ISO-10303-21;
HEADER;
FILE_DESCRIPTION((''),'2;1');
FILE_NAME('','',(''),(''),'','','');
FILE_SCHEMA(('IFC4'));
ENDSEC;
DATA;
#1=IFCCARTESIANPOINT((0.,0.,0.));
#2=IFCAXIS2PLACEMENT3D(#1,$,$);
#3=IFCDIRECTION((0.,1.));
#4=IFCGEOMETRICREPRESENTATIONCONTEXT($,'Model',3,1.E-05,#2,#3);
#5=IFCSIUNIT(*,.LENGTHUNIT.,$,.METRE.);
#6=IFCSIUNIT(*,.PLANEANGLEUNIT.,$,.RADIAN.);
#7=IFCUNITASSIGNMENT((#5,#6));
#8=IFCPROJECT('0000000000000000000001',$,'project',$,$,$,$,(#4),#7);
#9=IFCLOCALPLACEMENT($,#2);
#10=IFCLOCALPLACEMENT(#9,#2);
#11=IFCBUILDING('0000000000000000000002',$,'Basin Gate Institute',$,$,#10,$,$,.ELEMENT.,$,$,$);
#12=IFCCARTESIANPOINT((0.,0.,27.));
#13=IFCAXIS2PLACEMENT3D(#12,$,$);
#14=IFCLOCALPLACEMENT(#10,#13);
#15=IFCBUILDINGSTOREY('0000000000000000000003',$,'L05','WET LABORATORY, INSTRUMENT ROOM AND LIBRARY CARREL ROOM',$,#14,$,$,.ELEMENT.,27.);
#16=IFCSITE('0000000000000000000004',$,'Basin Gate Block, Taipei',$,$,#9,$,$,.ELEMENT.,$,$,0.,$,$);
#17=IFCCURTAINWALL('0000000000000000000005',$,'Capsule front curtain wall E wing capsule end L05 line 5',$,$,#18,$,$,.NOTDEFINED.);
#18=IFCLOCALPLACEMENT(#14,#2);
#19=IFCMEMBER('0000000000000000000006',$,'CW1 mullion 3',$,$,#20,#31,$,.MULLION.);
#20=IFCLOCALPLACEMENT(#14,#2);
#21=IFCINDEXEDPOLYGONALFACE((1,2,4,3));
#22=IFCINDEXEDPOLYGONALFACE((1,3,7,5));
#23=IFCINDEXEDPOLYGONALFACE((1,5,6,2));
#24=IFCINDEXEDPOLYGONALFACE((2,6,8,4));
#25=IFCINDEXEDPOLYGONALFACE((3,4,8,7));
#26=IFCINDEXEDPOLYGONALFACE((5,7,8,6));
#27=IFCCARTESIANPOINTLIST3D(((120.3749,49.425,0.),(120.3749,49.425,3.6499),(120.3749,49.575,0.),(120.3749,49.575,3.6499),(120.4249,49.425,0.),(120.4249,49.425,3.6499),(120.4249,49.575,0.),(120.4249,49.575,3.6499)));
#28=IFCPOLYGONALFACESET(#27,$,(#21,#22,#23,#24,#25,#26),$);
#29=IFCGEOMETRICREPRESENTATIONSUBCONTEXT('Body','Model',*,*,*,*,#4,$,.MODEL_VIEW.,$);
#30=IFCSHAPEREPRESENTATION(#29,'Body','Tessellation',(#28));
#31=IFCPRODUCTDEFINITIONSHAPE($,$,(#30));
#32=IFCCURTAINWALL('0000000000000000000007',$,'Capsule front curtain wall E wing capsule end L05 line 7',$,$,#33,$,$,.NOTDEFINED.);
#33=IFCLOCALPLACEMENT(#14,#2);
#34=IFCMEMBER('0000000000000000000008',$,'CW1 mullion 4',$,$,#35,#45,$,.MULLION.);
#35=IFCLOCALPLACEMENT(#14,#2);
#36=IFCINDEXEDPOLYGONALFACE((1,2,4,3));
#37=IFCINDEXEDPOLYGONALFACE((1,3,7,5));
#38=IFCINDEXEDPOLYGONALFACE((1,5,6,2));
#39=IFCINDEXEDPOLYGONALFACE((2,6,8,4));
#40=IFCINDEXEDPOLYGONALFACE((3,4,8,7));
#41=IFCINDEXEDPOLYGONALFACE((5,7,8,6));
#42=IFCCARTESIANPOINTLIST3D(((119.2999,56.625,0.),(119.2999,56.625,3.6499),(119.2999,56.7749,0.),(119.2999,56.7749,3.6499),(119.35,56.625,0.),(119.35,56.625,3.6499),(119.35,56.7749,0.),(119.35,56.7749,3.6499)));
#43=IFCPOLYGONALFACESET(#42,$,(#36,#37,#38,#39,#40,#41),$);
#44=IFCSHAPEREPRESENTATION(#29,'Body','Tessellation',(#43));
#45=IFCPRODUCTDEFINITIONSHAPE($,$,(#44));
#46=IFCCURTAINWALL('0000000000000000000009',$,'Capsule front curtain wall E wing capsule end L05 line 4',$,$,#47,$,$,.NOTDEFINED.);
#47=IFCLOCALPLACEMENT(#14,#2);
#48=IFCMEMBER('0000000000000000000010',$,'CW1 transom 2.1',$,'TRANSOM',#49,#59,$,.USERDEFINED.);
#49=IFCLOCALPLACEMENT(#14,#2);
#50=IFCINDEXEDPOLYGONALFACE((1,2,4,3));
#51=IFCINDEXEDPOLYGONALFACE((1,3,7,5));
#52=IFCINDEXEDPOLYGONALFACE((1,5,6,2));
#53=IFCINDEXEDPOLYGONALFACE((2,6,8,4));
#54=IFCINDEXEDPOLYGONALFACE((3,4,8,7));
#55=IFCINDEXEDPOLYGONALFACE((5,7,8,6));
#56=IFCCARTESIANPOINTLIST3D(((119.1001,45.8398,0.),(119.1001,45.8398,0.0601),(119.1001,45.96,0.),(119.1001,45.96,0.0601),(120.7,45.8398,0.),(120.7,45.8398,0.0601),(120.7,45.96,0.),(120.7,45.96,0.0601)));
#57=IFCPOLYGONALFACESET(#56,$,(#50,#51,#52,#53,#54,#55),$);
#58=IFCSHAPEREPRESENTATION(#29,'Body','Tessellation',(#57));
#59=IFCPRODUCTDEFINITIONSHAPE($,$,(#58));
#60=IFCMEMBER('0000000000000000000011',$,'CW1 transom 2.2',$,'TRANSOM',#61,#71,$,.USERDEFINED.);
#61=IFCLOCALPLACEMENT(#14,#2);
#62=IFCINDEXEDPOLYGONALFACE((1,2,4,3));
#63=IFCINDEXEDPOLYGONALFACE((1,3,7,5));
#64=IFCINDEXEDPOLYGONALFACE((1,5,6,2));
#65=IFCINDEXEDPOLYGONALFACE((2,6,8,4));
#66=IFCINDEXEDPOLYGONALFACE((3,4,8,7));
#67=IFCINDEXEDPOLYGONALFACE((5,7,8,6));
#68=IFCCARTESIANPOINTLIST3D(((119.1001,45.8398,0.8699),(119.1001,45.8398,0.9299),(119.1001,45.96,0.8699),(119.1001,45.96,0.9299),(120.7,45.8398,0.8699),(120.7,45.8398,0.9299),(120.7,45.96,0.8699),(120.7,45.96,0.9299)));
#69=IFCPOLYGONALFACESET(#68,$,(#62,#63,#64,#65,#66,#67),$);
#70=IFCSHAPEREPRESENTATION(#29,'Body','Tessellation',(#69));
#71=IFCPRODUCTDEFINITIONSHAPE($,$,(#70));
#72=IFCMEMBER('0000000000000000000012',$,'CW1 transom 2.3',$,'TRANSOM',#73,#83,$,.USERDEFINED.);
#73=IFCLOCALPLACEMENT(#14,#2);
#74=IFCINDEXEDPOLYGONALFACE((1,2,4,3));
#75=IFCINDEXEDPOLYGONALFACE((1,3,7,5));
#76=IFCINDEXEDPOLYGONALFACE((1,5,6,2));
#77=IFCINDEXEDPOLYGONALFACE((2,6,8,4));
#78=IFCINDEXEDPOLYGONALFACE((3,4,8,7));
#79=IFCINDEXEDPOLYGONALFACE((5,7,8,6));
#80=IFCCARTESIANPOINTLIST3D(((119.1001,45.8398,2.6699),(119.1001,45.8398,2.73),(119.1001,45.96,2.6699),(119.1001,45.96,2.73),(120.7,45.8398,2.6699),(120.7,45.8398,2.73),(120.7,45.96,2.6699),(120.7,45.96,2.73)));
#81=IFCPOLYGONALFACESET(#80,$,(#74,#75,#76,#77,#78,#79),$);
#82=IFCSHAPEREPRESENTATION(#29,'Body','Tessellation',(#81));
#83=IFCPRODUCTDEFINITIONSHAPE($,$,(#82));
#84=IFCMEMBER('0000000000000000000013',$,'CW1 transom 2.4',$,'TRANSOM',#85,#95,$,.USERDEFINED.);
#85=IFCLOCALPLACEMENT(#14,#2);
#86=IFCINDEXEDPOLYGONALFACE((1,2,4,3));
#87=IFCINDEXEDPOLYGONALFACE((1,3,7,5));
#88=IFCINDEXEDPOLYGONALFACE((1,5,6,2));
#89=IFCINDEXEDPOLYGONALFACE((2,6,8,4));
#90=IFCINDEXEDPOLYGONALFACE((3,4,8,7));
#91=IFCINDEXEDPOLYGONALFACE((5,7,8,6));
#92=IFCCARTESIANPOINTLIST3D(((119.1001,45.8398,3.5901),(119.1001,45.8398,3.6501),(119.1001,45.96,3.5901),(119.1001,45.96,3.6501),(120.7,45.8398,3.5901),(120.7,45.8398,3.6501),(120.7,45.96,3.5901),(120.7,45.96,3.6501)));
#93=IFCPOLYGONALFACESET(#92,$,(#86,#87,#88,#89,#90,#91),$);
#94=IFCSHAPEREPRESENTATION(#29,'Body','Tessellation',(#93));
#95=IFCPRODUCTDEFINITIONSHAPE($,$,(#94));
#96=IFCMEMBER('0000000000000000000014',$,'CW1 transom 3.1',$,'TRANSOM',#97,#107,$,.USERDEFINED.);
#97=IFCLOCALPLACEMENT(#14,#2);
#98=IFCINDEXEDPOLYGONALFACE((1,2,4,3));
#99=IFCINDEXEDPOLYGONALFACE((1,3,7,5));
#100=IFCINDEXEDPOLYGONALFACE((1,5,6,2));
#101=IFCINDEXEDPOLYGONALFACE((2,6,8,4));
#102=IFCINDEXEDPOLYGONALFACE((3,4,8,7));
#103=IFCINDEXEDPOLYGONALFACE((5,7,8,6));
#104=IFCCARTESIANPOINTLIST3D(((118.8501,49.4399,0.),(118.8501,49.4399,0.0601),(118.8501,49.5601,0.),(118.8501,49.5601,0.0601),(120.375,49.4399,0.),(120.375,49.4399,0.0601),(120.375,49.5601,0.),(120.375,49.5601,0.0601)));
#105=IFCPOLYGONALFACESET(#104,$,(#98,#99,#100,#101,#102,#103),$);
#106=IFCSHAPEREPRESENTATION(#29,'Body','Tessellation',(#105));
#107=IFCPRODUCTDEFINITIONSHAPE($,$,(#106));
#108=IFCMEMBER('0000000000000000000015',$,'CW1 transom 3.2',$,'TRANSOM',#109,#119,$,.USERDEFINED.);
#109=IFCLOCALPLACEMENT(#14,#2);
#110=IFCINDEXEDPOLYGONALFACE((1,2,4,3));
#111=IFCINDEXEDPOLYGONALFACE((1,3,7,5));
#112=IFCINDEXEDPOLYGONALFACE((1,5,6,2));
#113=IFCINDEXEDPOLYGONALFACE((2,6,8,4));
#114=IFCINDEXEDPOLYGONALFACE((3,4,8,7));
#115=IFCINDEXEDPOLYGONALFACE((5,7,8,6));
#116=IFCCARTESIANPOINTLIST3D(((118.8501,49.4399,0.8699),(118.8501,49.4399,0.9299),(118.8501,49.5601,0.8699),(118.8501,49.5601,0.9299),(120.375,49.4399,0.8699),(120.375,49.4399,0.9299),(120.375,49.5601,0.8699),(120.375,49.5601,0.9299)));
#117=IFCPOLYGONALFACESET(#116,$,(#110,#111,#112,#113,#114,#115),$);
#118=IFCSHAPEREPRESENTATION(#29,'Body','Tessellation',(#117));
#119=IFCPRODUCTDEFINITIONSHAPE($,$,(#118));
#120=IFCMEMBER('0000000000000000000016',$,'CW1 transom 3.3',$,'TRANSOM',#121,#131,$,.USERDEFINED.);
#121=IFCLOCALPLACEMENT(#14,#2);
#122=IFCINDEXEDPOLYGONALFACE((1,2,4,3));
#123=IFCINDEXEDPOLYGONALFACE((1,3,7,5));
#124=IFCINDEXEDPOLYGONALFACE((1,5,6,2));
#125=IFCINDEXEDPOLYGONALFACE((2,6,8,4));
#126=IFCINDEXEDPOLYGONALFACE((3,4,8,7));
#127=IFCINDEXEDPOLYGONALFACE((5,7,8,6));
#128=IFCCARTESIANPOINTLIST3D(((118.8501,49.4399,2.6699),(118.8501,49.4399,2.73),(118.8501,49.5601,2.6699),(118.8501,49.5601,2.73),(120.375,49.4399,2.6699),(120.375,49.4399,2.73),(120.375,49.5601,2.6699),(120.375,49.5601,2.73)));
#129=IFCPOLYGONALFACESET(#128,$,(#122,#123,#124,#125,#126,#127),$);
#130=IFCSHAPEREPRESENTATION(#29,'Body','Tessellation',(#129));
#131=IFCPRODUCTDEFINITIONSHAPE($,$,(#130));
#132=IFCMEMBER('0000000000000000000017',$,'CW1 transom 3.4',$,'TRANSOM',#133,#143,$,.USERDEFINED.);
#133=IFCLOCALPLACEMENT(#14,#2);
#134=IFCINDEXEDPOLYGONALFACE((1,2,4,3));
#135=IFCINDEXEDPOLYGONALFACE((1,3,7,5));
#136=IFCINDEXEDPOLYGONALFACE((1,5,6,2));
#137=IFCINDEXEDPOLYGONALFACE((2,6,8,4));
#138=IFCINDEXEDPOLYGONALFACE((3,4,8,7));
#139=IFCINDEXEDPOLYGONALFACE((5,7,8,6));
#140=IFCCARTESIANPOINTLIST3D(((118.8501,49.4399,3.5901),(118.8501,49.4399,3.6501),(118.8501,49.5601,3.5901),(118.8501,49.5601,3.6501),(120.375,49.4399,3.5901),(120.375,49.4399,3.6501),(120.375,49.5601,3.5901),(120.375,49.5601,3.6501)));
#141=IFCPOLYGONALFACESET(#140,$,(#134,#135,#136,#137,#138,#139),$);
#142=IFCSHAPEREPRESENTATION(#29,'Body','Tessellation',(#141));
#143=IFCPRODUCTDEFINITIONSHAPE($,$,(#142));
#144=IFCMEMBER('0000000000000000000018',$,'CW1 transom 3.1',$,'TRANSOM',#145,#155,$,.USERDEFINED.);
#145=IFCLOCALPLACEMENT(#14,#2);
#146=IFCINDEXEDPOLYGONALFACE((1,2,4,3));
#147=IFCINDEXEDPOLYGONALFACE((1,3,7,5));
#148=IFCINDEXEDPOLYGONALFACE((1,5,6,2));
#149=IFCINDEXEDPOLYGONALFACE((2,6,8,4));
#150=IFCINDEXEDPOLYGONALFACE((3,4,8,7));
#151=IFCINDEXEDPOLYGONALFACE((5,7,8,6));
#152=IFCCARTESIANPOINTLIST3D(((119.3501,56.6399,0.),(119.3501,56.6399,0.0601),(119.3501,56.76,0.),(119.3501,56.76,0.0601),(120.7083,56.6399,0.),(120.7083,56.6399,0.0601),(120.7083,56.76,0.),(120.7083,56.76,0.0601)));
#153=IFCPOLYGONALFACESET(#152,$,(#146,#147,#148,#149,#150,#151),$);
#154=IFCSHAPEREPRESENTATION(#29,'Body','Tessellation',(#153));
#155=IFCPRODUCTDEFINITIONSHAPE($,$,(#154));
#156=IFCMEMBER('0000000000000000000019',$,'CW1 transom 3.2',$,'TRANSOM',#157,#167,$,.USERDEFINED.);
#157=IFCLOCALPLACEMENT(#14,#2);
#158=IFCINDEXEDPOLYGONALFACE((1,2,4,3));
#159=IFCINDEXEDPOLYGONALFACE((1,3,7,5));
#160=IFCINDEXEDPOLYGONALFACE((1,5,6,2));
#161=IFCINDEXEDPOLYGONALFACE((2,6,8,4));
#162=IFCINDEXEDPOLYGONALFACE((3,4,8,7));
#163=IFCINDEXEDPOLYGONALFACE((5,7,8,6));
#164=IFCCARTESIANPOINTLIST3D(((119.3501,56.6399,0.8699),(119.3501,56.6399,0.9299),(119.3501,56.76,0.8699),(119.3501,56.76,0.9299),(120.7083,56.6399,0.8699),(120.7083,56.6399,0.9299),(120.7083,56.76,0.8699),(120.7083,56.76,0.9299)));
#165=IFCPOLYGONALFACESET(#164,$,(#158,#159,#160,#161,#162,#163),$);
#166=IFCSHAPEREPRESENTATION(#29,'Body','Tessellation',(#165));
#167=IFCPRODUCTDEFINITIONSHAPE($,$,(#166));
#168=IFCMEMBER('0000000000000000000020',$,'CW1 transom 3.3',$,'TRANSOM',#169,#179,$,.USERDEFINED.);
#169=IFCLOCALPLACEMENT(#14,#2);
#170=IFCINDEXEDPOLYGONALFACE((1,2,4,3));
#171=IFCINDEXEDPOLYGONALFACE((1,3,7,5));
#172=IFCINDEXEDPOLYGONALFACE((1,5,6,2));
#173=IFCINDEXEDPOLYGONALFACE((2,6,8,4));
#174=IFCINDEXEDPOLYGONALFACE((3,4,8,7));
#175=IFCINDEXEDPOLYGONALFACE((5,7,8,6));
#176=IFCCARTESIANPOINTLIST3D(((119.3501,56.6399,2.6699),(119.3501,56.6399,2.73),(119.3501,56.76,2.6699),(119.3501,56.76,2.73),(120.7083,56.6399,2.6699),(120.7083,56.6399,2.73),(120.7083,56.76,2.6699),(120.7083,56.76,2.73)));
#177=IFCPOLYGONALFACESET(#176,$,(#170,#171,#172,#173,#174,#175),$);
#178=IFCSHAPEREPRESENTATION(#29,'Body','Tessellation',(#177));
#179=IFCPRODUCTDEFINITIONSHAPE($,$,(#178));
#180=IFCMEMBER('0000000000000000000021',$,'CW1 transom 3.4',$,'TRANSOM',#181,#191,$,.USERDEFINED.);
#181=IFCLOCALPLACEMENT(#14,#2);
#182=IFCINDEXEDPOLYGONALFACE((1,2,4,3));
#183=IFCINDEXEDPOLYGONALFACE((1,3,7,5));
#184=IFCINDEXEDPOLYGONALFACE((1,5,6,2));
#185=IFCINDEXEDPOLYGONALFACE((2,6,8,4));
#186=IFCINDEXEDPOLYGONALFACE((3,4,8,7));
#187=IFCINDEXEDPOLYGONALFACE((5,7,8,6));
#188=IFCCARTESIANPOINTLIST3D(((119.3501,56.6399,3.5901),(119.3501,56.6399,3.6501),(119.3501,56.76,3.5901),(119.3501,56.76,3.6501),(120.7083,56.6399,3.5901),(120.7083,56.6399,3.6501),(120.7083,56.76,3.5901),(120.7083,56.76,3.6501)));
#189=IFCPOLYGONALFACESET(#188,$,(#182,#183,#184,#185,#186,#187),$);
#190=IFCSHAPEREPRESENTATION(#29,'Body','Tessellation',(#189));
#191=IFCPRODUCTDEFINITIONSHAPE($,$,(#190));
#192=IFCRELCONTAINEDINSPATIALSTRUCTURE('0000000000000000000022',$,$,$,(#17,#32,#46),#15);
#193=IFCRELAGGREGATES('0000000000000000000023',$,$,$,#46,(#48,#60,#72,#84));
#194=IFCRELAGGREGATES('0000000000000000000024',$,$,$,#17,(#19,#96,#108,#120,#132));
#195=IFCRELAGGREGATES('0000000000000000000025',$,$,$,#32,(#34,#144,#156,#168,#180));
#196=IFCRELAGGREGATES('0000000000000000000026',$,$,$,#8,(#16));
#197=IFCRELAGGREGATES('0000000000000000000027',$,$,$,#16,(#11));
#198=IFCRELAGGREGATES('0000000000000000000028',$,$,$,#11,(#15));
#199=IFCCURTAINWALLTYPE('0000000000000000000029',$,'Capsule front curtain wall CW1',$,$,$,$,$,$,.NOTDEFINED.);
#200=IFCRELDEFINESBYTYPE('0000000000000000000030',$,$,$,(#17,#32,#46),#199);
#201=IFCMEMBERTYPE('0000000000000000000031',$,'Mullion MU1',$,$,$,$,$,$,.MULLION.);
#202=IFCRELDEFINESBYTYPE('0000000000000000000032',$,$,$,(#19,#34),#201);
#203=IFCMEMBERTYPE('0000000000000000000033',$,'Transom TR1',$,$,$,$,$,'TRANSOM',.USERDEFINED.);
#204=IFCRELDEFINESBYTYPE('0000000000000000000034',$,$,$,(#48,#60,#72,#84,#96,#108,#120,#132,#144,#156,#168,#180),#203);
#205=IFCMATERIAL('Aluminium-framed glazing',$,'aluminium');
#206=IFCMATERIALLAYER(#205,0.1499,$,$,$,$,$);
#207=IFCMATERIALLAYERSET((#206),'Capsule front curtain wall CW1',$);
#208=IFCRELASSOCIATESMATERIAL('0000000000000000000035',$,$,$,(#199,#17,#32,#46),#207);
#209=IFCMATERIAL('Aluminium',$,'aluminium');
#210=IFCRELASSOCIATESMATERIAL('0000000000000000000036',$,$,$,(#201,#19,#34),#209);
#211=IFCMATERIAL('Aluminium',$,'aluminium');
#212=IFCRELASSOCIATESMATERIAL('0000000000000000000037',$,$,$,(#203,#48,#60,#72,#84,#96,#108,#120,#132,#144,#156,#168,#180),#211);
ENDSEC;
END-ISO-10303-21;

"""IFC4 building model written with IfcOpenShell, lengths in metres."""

from ifc_helpers import new_model, si_unit, direction, frame, origin, origin_2d, place, context, subcontext, project, spatial, rectangle, extrude, material, layer, layer_set, material_profile, profile_set, type_object, element, aggregate, save


model = new_model("IFC4")

# Units and contexts
model_context = context("Model", 3, precision=1e-05, world=origin(), true_north=direction((0.0, 1.0)))
body_context = subcontext(model_context, "Body", "Model", "MODEL_VIEW")
ifc_project = project(units=[si_unit("LENGTHUNIT", "METRE"), si_unit("PLANEANGLEUNIT", "RADIAN")], contexts=[model_context])

# Site, building, storey
site_placement = place(None, origin())
site = spatial("IfcSite", under=ifc_project, at=site_placement, Name="Basin Gate Block, Taipei", CompositionType="ELEMENT", RefElevation=0.0)
building_placement = place(site_placement, origin())
building = spatial("IfcBuilding", under=site, at=building_placement, Name="Basin Gate Institute", CompositionType="ELEMENT")
storey_placement = place(building_placement, frame((0.0, 0.0, 27.0)))
storey = spatial("IfcBuildingStorey", under=building, at=storey_placement, Name="L05", Description="WET LABORATORY, INSTRUMENT ROOM AND LIBRARY CARREL ROOM", CompositionType="ELEMENT", Elevation=27.0)

# Curtain walls, members
ifc_material_1 = material(Name="Aluminium-framed glazing", Category="aluminium")
ifc_layer_1 = layer(ifc_material_1, 0.1499)
ifc_layer_set_1 = layer_set([ifc_layer_1], Name="Capsule front curtain wall CW1")
curtain_wall_type = type_object("IfcCurtainWallType", Name="Capsule front curtain wall CW1", PredefinedType="NOTDEFINED", material=ifc_layer_set_1)
curtain_wall_1_placement = place(storey_placement, origin())
curtain_wall_1 = element("IfcCurtainWall", 1, at=curtain_wall_1_placement, inside=storey, type_object=curtain_wall_type, material=ifc_layer_set_1, Name="Capsule front curtain wall E wing capsule end L05 line 5", PredefinedType="NOTDEFINED")
ifc_material_2 = material(Name="Aluminium", Category="aluminium")
ifc_material_profile_1 = material_profile(ifc_material_2, rectangle(XDim=0.1499, YDim=0.05, at=origin_2d()), Name="Mullion MU1 150 x 50")
ifc_profile_set_1 = profile_set([ifc_material_profile_1], Name="Aluminium")
member_type_1 = type_object("IfcMemberType", Name="Mullion MU1", PredefinedType="MULLION", material=ifc_profile_set_1)
member_1_placement = place(storey_placement, frame((120.3999, 49.5, 0.0), z_axis=(0.0, 0.0, 1.0), x_axis=(0.0, -1.0, 0.0)))
member_1 = element("IfcMember", 2, at=member_1_placement, type_object=member_type_1, material=ifc_profile_set_1, Name="CW1 mullion 3", PredefinedType="MULLION", context=body_context, shape_type="SweptSolid", body=[
    extrude(rectangle(XDim=0.1499, YDim=0.05, at=origin_2d()), origin(), (0.0, 0.0, 1.0), 3.6499),
])
curtain_wall_2_placement = place(storey_placement, origin())
curtain_wall_2 = element("IfcCurtainWall", 3, at=curtain_wall_2_placement, inside=storey, type_object=curtain_wall_type, material=ifc_layer_set_1, Name="Capsule front curtain wall E wing capsule end L05 line 7", PredefinedType="NOTDEFINED")
member_2_placement = place(storey_placement, frame((119.325, 56.7, 0.0), z_axis=(0.0, 0.0, 1.0), x_axis=(0.0, -1.0, 0.0)))
member_2 = element("IfcMember", 4, at=member_2_placement, type_object=member_type_1, material=ifc_profile_set_1, Name="CW1 mullion 4", PredefinedType="MULLION", context=body_context, shape_type="SweptSolid", body=[
    extrude(rectangle(XDim=0.1499, YDim=0.05, at=origin_2d()), origin(), (0.0, 0.0, 1.0), 3.6499),
])

# Curtain wall, members
curtain_wall_3_placement = place(storey_placement, origin())
curtain_wall_3 = element("IfcCurtainWall", 5, at=curtain_wall_3_placement, inside=storey, type_object=curtain_wall_type, material=ifc_layer_set_1, Name="Capsule front curtain wall E wing capsule end L05 line 4", PredefinedType="NOTDEFINED")
ifc_material_3 = material(Name="Aluminium", Category="aluminium")
ifc_material_profile_2 = material_profile(ifc_material_3, rectangle(XDim=0.1201, YDim=0.0601, at=origin_2d()), Name="Transom TR1 120 x 60")
ifc_profile_set_2 = profile_set([ifc_material_profile_2], Name="Aluminium")
member_type_2 = type_object("IfcMemberType", Name="Transom TR1", ElementType="TRANSOM", PredefinedType="USERDEFINED", material=ifc_profile_set_2)
member_3_placement = place(storey_placement, frame((120.7, 45.8999, 0.03), z_axis=(-1.0, 0.0, 0.0), x_axis=(0.0, -1.0, 0.0)))
member_3 = element("IfcMember", 6, at=member_3_placement, type_object=member_type_2, material=ifc_profile_set_2, Name="CW1 transom 2.1", ObjectType="TRANSOM", PredefinedType="USERDEFINED", context=body_context, shape_type="SweptSolid", body=[
    extrude(rectangle(XDim=0.1201, YDim=0.0601, at=origin_2d()), origin(), (0.0, 0.0, 1.0), 1.5999),
])
member_4_placement = place(storey_placement, frame((120.7, 45.8999, 0.8999), z_axis=(-1.0, 0.0, 0.0), x_axis=(0.0, -1.0, 0.0)))
member_4 = element("IfcMember", 7, at=member_4_placement, type_object=member_type_2, material=ifc_profile_set_2, Name="CW1 transom 2.2", ObjectType="TRANSOM", PredefinedType="USERDEFINED", context=body_context, shape_type="SweptSolid", body=[
    extrude(rectangle(XDim=0.1201, YDim=0.0601, at=origin_2d()), origin(), (0.0, 0.0, 1.0), 1.5999),
])
member_5_placement = place(storey_placement, frame((120.7, 45.8999, 2.7), z_axis=(-1.0, 0.0, 0.0), x_axis=(0.0, -1.0, 0.0)))
member_5 = element("IfcMember", 8, at=member_5_placement, type_object=member_type_2, material=ifc_profile_set_2, Name="CW1 transom 2.3", ObjectType="TRANSOM", PredefinedType="USERDEFINED", context=body_context, shape_type="SweptSolid", body=[
    extrude(rectangle(XDim=0.1201, YDim=0.0601, at=origin_2d()), origin(), (0.0, 0.0, 1.0), 1.5999),
])
member_6_placement = place(storey_placement, frame((120.7, 45.8999, 3.6201), z_axis=(-1.0, 0.0, 0.0), x_axis=(0.0, -1.0, 0.0)))
member_6 = element("IfcMember", 9, at=member_6_placement, type_object=member_type_2, material=ifc_profile_set_2, Name="CW1 transom 2.4", ObjectType="TRANSOM", PredefinedType="USERDEFINED", context=body_context, shape_type="SweptSolid", body=[
    extrude(rectangle(XDim=0.1201, YDim=0.0601, at=origin_2d()), origin(), (0.0, 0.0, 1.0), 1.5999),
])

# Members
member_7_placement = place(storey_placement, frame((120.375, 49.5, 0.03), z_axis=(-1.0, 0.0, 0.0), x_axis=(0.0, -1.0, 0.0)))
member_7 = element("IfcMember", 10, at=member_7_placement, type_object=member_type_2, material=ifc_profile_set_2, Name="CW1 transom 3.1", ObjectType="TRANSOM", PredefinedType="USERDEFINED", context=body_context, shape_type="SweptSolid", body=[
    extrude(rectangle(XDim=0.1201, YDim=0.0601, at=origin_2d()), origin(), (0.0, 0.0, 1.0), 1.5249),
])
member_8_placement = place(storey_placement, frame((120.375, 49.5, 0.8999), z_axis=(-1.0, 0.0, 0.0), x_axis=(0.0, -1.0, 0.0)))
member_8 = element("IfcMember", 11, at=member_8_placement, type_object=member_type_2, material=ifc_profile_set_2, Name="CW1 transom 3.2", ObjectType="TRANSOM", PredefinedType="USERDEFINED", context=body_context, shape_type="SweptSolid", body=[
    extrude(rectangle(XDim=0.1201, YDim=0.0601, at=origin_2d()), origin(), (0.0, 0.0, 1.0), 1.5249),
])
member_9_placement = place(storey_placement, frame((120.375, 49.5, 2.7), z_axis=(-1.0, 0.0, 0.0), x_axis=(0.0, -1.0, 0.0)))
member_9 = element("IfcMember", 12, at=member_9_placement, type_object=member_type_2, material=ifc_profile_set_2, Name="CW1 transom 3.3", ObjectType="TRANSOM", PredefinedType="USERDEFINED", context=body_context, shape_type="SweptSolid", body=[
    extrude(rectangle(XDim=0.1201, YDim=0.0601, at=origin_2d()), origin(), (0.0, 0.0, 1.0), 1.5249),
])
member_10_placement = place(storey_placement, frame((120.375, 49.5, 3.6201), z_axis=(-1.0, 0.0, 0.0), x_axis=(0.0, -1.0, 0.0)))
member_10 = element("IfcMember", 13, at=member_10_placement, type_object=member_type_2, material=ifc_profile_set_2, Name="CW1 transom 3.4", ObjectType="TRANSOM", PredefinedType="USERDEFINED", context=body_context, shape_type="SweptSolid", body=[
    extrude(rectangle(XDim=0.1201, YDim=0.0601, at=origin_2d()), origin(), (0.0, 0.0, 1.0), 1.5249),
])
member_11_placement = place(storey_placement, frame((120.7083, 56.7, 0.03), z_axis=(-1.0, 0.0, 0.0), x_axis=(0.0, -1.0, 0.0)))
member_11 = element("IfcMember", 14, at=member_11_placement, type_object=member_type_2, material=ifc_profile_set_2, Name="CW1 transom 3.1", ObjectType="TRANSOM", PredefinedType="USERDEFINED", context=body_context, shape_type="SweptSolid", body=[
    extrude(rectangle(XDim=0.1201, YDim=0.0601, at=origin_2d()), origin(), (0.0, 0.0, 1.0), 1.3582),
])
member_12_placement = place(storey_placement, frame((120.7083, 56.7, 0.8999), z_axis=(-1.0, 0.0, 0.0), x_axis=(0.0, -1.0, 0.0)))
member_12 = element("IfcMember", 15, at=member_12_placement, type_object=member_type_2, material=ifc_profile_set_2, Name="CW1 transom 3.2", ObjectType="TRANSOM", PredefinedType="USERDEFINED", context=body_context, shape_type="SweptSolid", body=[
    extrude(rectangle(XDim=0.1201, YDim=0.0601, at=origin_2d()), origin(), (0.0, 0.0, 1.0), 1.3582),
])
member_13_placement = place(storey_placement, frame((120.7083, 56.7, 2.7), z_axis=(-1.0, 0.0, 0.0), x_axis=(0.0, -1.0, 0.0)))
member_13 = element("IfcMember", 16, at=member_13_placement, type_object=member_type_2, material=ifc_profile_set_2, Name="CW1 transom 3.3", ObjectType="TRANSOM", PredefinedType="USERDEFINED", context=body_context, shape_type="SweptSolid", body=[
    extrude(rectangle(XDim=0.1201, YDim=0.0601, at=origin_2d()), origin(), (0.0, 0.0, 1.0), 1.3582),
])
member_14_placement = place(storey_placement, frame((120.7083, 56.7, 3.6201), z_axis=(-1.0, 0.0, 0.0), x_axis=(0.0, -1.0, 0.0)))
member_14 = element("IfcMember", 17, at=member_14_placement, type_object=member_type_2, material=ifc_profile_set_2, Name="CW1 transom 3.4", ObjectType="TRANSOM", PredefinedType="USERDEFINED", context=body_context, shape_type="SweptSolid", body=[
    extrude(rectangle(XDim=0.1201, YDim=0.0601, at=origin_2d()), origin(), (0.0, 0.0, 1.0), 1.3582),
])

aggregate(curtain_wall_3, [member_3, member_4, member_5, member_6])
aggregate(curtain_wall_1, [member_1, member_7, member_8, member_9, member_10])
aggregate(curtain_wall_2, [member_2, member_11, member_12, member_13, member_14])

save(model, "model.ifc")
